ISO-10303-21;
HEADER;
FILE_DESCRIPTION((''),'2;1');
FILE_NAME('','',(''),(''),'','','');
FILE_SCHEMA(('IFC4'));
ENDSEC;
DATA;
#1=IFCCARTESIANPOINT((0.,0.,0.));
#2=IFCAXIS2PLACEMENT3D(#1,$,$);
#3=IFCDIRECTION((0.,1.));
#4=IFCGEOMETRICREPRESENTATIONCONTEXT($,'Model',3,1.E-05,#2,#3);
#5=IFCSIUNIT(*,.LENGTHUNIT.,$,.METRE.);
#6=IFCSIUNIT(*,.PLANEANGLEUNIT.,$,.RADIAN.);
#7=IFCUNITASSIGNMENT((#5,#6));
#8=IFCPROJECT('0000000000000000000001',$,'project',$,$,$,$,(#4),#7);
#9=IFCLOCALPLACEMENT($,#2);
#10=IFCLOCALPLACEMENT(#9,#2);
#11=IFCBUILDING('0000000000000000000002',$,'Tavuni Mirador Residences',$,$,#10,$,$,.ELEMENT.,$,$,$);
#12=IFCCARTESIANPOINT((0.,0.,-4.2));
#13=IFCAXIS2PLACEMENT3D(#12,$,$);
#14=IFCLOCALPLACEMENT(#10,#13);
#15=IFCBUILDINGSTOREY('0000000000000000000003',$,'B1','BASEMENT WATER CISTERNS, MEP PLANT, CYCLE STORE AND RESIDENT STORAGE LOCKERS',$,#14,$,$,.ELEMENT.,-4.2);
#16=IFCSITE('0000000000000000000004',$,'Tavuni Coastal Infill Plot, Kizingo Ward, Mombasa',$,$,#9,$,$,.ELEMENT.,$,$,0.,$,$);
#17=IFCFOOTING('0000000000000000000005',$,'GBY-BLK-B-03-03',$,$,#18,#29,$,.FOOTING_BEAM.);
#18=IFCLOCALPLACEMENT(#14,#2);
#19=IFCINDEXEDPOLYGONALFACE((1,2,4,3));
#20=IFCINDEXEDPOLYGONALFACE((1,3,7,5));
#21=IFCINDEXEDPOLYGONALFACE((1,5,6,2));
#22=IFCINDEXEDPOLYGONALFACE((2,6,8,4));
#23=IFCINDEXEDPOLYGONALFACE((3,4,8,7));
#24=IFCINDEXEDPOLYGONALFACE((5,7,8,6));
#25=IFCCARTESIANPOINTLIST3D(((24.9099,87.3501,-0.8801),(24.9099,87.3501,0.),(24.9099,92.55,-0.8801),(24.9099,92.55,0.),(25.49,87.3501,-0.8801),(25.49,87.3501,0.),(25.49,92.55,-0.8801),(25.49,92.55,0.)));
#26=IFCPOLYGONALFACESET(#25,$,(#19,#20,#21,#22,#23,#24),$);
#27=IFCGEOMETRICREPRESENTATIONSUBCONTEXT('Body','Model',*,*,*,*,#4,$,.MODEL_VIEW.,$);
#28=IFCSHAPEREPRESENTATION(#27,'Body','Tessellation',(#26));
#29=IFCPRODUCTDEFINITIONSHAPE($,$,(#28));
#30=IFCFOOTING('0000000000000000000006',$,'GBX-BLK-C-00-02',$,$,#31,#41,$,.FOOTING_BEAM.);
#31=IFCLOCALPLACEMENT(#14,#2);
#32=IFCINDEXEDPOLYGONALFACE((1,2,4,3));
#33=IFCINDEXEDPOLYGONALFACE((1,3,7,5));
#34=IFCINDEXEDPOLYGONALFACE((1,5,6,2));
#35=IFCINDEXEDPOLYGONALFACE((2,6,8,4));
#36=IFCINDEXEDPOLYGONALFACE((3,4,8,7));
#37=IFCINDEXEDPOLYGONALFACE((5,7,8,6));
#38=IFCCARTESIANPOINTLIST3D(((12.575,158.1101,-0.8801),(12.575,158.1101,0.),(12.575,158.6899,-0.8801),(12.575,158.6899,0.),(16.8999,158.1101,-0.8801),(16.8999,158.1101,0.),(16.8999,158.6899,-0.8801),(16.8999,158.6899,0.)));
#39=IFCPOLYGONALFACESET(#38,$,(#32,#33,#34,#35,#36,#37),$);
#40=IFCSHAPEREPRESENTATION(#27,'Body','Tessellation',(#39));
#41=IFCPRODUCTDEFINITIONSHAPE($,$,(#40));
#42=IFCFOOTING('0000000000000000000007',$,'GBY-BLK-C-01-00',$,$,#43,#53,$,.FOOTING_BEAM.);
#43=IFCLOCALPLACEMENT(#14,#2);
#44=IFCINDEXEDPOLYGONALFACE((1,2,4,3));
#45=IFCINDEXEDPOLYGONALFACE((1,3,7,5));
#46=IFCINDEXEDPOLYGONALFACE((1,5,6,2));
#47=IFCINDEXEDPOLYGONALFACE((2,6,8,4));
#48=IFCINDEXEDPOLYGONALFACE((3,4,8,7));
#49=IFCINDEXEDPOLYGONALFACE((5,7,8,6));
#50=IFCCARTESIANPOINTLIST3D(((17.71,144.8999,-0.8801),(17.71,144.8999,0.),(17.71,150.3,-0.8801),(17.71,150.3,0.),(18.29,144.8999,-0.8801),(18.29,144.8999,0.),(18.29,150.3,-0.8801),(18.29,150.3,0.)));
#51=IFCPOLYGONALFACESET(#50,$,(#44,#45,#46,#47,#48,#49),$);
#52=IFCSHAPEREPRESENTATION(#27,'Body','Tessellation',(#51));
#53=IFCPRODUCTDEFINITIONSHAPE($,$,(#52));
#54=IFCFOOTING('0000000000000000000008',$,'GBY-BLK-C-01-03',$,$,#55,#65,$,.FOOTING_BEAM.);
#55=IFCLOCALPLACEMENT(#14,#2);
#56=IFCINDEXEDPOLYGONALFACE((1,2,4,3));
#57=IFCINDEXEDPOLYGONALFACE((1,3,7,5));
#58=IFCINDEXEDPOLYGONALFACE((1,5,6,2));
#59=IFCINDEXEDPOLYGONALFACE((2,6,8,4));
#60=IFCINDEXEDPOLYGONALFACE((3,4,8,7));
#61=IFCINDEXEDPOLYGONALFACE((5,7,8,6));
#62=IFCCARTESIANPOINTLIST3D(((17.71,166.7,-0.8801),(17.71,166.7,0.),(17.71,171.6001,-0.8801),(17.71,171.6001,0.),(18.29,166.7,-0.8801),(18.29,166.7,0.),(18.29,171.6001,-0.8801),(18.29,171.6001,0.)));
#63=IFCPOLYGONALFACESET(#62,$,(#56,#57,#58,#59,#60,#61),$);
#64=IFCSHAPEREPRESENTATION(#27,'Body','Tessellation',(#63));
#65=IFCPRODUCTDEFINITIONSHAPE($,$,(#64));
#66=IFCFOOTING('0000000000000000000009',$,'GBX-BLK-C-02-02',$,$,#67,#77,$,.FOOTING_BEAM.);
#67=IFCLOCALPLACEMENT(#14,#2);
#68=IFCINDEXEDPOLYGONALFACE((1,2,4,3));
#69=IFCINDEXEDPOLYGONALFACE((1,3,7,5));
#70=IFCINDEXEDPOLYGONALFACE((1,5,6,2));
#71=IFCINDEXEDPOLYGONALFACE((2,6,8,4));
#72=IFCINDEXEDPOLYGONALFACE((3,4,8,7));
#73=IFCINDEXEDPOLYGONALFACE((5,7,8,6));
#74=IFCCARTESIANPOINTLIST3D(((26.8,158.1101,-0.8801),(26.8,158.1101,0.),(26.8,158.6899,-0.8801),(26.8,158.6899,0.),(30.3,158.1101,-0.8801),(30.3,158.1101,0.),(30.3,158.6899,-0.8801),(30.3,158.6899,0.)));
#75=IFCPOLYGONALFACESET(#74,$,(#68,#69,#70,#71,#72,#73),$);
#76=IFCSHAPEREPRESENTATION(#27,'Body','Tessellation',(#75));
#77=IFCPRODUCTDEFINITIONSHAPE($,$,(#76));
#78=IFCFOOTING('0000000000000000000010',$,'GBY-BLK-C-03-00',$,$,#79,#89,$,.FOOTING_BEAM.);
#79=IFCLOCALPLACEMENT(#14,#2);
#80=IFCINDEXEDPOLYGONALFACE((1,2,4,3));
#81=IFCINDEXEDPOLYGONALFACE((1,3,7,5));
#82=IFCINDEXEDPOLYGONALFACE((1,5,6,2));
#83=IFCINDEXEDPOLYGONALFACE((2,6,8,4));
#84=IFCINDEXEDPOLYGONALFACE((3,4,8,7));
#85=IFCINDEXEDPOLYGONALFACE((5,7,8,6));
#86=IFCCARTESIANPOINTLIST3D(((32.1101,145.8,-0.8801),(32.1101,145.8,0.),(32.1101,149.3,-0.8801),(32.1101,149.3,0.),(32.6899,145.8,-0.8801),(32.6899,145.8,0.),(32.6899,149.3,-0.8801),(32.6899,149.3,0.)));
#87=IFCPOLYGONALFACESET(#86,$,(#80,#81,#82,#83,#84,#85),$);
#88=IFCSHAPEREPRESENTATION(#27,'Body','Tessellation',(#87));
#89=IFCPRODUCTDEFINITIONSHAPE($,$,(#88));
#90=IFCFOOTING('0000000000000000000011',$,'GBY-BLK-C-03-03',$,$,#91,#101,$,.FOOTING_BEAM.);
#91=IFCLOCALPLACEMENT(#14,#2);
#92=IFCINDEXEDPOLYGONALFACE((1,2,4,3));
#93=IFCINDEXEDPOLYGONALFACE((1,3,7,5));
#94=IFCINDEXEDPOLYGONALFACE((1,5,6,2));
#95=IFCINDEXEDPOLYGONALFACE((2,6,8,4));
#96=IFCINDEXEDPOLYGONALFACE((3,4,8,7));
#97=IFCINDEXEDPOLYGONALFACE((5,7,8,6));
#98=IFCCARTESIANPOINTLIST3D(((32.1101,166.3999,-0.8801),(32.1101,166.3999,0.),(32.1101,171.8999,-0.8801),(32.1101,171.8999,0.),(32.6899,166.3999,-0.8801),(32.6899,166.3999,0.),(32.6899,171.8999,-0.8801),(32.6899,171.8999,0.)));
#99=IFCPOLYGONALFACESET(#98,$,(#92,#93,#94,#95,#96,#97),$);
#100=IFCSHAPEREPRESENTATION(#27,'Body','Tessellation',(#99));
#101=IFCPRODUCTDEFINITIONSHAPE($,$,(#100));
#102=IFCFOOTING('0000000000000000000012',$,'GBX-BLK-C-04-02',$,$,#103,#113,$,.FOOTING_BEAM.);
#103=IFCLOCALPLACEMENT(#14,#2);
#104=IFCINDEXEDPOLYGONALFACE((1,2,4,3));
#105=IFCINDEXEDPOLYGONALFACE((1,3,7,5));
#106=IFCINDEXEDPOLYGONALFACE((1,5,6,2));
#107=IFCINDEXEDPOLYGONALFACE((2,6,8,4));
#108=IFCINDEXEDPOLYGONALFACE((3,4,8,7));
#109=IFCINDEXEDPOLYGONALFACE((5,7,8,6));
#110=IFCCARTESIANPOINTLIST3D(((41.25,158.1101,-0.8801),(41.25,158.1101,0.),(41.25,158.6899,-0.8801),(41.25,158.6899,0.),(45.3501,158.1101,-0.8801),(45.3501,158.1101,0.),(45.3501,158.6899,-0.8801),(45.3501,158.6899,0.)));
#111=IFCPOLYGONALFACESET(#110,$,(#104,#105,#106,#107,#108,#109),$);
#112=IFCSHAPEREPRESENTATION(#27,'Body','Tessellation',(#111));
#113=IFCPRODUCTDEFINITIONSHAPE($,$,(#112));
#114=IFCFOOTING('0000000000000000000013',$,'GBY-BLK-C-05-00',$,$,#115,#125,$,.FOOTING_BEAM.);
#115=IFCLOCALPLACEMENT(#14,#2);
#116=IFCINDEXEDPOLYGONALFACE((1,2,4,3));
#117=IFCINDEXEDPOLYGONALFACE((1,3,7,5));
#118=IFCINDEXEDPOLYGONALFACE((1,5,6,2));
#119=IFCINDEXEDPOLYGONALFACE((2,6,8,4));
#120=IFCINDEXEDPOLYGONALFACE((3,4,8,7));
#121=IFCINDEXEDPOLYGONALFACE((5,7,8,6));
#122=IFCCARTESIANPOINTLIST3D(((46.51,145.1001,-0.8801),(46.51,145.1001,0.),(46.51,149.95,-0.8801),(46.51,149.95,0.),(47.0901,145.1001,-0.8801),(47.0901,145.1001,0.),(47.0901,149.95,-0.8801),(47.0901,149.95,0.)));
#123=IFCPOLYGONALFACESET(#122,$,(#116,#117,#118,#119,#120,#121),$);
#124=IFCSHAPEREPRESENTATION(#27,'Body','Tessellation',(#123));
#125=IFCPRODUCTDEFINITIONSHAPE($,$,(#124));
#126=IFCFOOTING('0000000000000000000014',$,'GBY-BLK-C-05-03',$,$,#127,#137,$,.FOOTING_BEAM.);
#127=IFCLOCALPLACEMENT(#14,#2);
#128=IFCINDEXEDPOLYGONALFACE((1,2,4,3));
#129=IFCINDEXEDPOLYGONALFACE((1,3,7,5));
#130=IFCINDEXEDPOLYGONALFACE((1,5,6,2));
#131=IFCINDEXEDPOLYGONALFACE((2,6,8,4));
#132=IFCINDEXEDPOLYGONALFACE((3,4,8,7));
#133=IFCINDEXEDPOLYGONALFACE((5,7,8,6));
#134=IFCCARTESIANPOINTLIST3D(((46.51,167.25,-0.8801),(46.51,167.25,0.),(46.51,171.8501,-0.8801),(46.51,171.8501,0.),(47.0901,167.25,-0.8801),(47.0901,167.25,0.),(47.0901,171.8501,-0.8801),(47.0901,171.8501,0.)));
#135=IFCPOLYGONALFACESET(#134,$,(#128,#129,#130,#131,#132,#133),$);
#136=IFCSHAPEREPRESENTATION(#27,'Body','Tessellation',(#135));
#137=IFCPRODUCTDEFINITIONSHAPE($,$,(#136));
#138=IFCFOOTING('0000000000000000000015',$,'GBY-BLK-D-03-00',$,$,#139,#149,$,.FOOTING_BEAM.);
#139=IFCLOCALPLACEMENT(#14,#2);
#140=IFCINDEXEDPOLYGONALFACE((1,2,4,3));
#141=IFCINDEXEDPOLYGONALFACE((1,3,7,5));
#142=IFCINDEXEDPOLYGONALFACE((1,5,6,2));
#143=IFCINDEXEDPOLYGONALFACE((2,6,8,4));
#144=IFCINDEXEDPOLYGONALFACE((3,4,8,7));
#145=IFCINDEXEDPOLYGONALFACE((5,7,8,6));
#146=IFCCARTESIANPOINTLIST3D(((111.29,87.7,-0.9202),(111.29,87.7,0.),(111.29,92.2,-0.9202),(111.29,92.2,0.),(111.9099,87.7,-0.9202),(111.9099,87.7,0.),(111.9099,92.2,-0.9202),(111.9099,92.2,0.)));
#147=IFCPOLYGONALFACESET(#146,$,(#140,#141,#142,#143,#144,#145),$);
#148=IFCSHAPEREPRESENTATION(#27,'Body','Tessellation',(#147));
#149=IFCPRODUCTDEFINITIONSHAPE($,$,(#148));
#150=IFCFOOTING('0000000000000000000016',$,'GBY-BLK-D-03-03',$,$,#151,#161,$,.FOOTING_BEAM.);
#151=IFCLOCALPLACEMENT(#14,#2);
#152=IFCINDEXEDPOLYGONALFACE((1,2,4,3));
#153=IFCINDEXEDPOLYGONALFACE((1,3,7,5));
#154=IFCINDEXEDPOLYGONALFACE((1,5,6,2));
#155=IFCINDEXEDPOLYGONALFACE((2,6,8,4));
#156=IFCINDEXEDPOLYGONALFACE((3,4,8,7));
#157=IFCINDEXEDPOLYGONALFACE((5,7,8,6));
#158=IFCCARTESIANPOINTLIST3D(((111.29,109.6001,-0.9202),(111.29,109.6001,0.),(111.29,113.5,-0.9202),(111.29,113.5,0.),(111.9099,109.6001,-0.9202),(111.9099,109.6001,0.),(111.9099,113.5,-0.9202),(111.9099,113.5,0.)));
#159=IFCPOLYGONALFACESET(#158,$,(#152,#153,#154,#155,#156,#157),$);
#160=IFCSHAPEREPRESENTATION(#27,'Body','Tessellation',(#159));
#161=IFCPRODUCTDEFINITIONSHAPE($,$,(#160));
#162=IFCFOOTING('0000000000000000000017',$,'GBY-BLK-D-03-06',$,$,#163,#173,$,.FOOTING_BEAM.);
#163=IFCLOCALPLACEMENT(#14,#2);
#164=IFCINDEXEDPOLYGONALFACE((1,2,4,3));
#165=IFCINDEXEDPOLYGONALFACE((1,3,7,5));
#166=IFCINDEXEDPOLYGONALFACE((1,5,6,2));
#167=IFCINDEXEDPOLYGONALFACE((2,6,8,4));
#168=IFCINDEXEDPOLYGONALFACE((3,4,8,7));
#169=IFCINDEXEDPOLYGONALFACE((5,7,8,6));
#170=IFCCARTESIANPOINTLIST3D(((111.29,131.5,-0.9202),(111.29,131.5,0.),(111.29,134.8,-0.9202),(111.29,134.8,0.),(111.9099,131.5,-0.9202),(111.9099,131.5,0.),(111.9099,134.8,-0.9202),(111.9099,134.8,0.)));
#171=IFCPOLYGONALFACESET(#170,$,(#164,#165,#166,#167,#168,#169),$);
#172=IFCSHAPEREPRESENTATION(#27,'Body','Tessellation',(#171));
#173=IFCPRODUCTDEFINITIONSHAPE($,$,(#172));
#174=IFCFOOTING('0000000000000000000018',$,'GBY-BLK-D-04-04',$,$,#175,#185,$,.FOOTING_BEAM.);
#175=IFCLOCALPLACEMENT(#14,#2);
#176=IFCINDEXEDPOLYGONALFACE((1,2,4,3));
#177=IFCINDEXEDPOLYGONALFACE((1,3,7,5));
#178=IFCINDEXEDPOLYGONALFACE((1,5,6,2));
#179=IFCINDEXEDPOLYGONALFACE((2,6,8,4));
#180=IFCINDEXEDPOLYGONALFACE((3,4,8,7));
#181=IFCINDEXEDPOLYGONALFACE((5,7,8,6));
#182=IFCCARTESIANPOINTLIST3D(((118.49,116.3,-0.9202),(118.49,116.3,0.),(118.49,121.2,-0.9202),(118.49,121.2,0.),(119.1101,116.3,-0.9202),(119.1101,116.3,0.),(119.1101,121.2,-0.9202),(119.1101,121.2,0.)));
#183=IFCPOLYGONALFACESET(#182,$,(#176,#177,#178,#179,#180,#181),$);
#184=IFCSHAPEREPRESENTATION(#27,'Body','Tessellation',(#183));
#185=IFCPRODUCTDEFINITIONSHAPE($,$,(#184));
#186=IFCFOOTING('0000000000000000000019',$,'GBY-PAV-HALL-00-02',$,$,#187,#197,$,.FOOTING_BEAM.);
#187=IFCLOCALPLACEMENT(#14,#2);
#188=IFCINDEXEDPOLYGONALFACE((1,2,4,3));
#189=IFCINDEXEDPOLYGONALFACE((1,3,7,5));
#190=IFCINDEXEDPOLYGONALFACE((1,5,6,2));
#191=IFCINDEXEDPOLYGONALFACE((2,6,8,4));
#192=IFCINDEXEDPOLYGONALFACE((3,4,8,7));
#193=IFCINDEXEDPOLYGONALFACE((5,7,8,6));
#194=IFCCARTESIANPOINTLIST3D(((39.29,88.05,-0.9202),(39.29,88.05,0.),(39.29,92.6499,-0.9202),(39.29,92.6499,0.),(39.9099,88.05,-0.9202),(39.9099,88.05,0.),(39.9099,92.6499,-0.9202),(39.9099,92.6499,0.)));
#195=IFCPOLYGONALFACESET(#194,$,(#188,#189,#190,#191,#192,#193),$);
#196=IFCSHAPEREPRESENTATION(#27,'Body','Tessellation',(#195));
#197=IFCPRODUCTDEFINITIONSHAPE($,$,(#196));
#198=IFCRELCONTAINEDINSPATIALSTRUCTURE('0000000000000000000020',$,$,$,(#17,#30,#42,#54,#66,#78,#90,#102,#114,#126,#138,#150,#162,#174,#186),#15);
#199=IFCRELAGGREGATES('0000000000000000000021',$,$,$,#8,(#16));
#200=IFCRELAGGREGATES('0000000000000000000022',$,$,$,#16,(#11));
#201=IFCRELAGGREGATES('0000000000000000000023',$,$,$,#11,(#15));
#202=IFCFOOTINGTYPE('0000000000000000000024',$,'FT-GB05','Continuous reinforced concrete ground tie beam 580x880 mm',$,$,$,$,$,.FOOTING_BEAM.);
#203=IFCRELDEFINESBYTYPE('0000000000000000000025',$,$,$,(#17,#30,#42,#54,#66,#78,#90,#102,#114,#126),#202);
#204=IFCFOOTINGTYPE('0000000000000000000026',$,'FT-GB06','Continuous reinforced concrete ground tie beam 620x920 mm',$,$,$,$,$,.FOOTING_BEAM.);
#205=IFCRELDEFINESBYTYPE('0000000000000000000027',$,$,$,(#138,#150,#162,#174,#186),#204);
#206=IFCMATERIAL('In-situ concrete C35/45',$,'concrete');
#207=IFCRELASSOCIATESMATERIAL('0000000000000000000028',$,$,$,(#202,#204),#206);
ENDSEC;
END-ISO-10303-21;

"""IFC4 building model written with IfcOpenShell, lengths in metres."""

from ifc_helpers import new_model, si_unit, direction, frame, origin, place, context, subcontext, project, spatial, polyline, outline, extrude, material, type_object, element, save


model = new_model("IFC4")

# Units and contexts
model_context = context("Model", 3, precision=1e-05, world=origin(), true_north=direction((0.0, 1.0)))
body_context = subcontext(model_context, "Body", "Model", "MODEL_VIEW")
ifc_project = project(units=[si_unit("LENGTHUNIT", "METRE"), si_unit("PLANEANGLEUNIT", "RADIAN")], contexts=[model_context])

# Site, building, storey
site_placement = place(None, origin())
site = spatial("IfcSite", under=ifc_project, at=site_placement, Name="Tavuni Coastal Infill Plot, Kizingo Ward, Mombasa", CompositionType="ELEMENT", RefElevation=0.0)
building_placement = place(site_placement, origin())
building = spatial("IfcBuilding", under=site, at=building_placement, Name="Tavuni Mirador Residences", CompositionType="ELEMENT")
storey_placement = place(building_placement, frame((0.0, 0.0, -4.2)))
storey = spatial("IfcBuildingStorey", under=building, at=storey_placement, Name="B1", Description="BASEMENT WATER CISTERNS, MEP PLANT, CYCLE STORE AND RESIDENT STORAGE LOCKERS", CompositionType="ELEMENT", Elevation=-4.2)

# Footings
ifc_material = material(Name="In-situ concrete C35/45", Category="concrete")
footing_type_1 = type_object("IfcFootingType", Name="FT-GB05", Description="Continuous reinforced concrete ground tie beam 580x880 mm", PredefinedType="FOOTING_BEAM", material=ifc_material)
footing_1_placement = place(storey_placement, frame((0.0, 0.0, -0.8801)))
element("IfcFooting", 1, at=footing_1_placement, inside=storey, type_object=footing_type_1, Name="GBY-BLK-B-03-03", PredefinedType="FOOTING_BEAM", context=body_context, shape_type="SweptSolid", body=[
    extrude(outline(polyline([(24.9099, 87.3501), (25.49, 87.3501), (25.49, 92.55), (24.9099, 92.55), (24.9099, 87.3501)])), origin(), (0.0, 0.0, 1.0), 0.8801),
])
footing_2_placement = place(storey_placement, frame((0.0, 0.0, -0.8801)))
element("IfcFooting", 2, at=footing_2_placement, inside=storey, type_object=footing_type_1, Name="GBX-BLK-C-00-02", PredefinedType="FOOTING_BEAM", context=body_context, shape_type="SweptSolid", body=[
    extrude(outline(polyline([(12.575, 158.1101), (16.8999, 158.1101), (16.8999, 158.6899), (12.575, 158.6899), (12.575, 158.1101)])), origin(), (0.0, 0.0, 1.0), 0.8801),
])
footing_3_placement = place(storey_placement, frame((0.0, 0.0, -0.8801)))
element("IfcFooting", 3, at=footing_3_placement, inside=storey, type_object=footing_type_1, Name="GBY-BLK-C-01-00", PredefinedType="FOOTING_BEAM", context=body_context, shape_type="SweptSolid", body=[
    extrude(outline(polyline([(17.71, 144.8999), (18.29, 144.8999), (18.29, 150.3), (17.71, 150.3), (17.71, 144.8999)])), origin(), (0.0, 0.0, 1.0), 0.8801),
])
footing_4_placement = place(storey_placement, frame((0.0, 0.0, -0.8801)))
element("IfcFooting", 4, at=footing_4_placement, inside=storey, type_object=footing_type_1, Name="GBY-BLK-C-01-03", PredefinedType="FOOTING_BEAM", context=body_context, shape_type="SweptSolid", body=[
    extrude(outline(polyline([(17.71, 166.7), (18.29, 166.7), (18.29, 171.6001), (17.71, 171.6001), (17.71, 166.7)])), origin(), (0.0, 0.0, 1.0), 0.8801),
])
footing_5_placement = place(storey_placement, frame((0.0, 0.0, -0.8801)))
element("IfcFooting", 5, at=footing_5_placement, inside=storey, type_object=footing_type_1, Name="GBX-BLK-C-02-02", PredefinedType="FOOTING_BEAM", context=body_context, shape_type="SweptSolid", body=[
    extrude(outline(polyline([(26.8, 158.1101), (30.3, 158.1101), (30.3, 158.6899), (26.8, 158.6899), (26.8, 158.1101)])), origin(), (0.0, 0.0, 1.0), 0.8801),
])
footing_6_placement = place(storey_placement, frame((0.0, 0.0, -0.8801)))
element("IfcFooting", 6, at=footing_6_placement, inside=storey, type_object=footing_type_1, Name="GBY-BLK-C-03-00", PredefinedType="FOOTING_BEAM", context=body_context, shape_type="SweptSolid", body=[
    extrude(outline(polyline([(32.1101, 145.8), (32.6899, 145.8), (32.6899, 149.3), (32.1101, 149.3), (32.1101, 145.8)])), origin(), (0.0, 0.0, 1.0), 0.8801),
])
footing_7_placement = place(storey_placement, frame((0.0, 0.0, -0.8801)))
element("IfcFooting", 7, at=footing_7_placement, inside=storey, type_object=footing_type_1, Name="GBY-BLK-C-03-03", PredefinedType="FOOTING_BEAM", context=body_context, shape_type="SweptSolid", body=[
    extrude(outline(polyline([(32.1101, 166.3999), (32.6899, 166.3999), (32.6899, 171.8999), (32.1101, 171.8999), (32.1101, 166.3999)])), origin(), (0.0, 0.0, 1.0), 0.8801),
])
footing_8_placement = place(storey_placement, frame((0.0, 0.0, -0.8801)))
element("IfcFooting", 8, at=footing_8_placement, inside=storey, type_object=footing_type_1, Name="GBX-BLK-C-04-02", PredefinedType="FOOTING_BEAM", context=body_context, shape_type="SweptSolid", body=[
    extrude(outline(polyline([(41.25, 158.1101), (45.3501, 158.1101), (45.3501, 158.6899), (41.25, 158.6899), (41.25, 158.1101)])), origin(), (0.0, 0.0, 1.0), 0.8801),
])
footing_9_placement = place(storey_placement, frame((0.0, 0.0, -0.8801)))
element("IfcFooting", 9, at=footing_9_placement, inside=storey, type_object=footing_type_1, Name="GBY-BLK-C-05-00", PredefinedType="FOOTING_BEAM", context=body_context, shape_type="SweptSolid", body=[
    extrude(outline(polyline([(46.51, 145.1001), (47.0901, 145.1001), (47.0901, 149.95), (46.51, 149.95), (46.51, 145.1001)])), origin(), (0.0, 0.0, 1.0), 0.8801),
])
footing_10_placement = place(storey_placement, frame((0.0, 0.0, -0.8801)))
element("IfcFooting", 10, at=footing_10_placement, inside=storey, type_object=footing_type_1, Name="GBY-BLK-C-05-03", PredefinedType="FOOTING_BEAM", context=body_context, shape_type="SweptSolid", body=[
    extrude(outline(polyline([(46.51, 167.25), (47.0901, 167.25), (47.0901, 171.8501), (46.51, 171.8501), (46.51, 167.25)])), origin(), (0.0, 0.0, 1.0), 0.8801),
])
footing_type_2 = type_object("IfcFootingType", Name="FT-GB06", Description="Continuous reinforced concrete ground tie beam 620x920 mm", PredefinedType="FOOTING_BEAM", material=ifc_material)
footing_11_placement = place(storey_placement, frame((0.0, 0.0, -0.9202)))
element("IfcFooting", 11, at=footing_11_placement, inside=storey, type_object=footing_type_2, Name="GBY-BLK-D-03-00", PredefinedType="FOOTING_BEAM", context=body_context, shape_type="SweptSolid", body=[
    extrude(outline(polyline([(111.29, 87.7), (111.9099, 87.7), (111.9099, 92.2), (111.29, 92.2), (111.29, 87.7)])), origin(), (0.0, 0.0, 1.0), 0.9202),
])
footing_12_placement = place(storey_placement, frame((0.0, 0.0, -0.9202)))
element("IfcFooting", 12, at=footing_12_placement, inside=storey, type_object=footing_type_2, Name="GBY-BLK-D-03-03", PredefinedType="FOOTING_BEAM", context=body_context, shape_type="SweptSolid", body=[
    extrude(outline(polyline([(111.29, 109.6001), (111.9099, 109.6001), (111.9099, 113.5), (111.29, 113.5), (111.29, 109.6001)])), origin(), (0.0, 0.0, 1.0), 0.9202),
])
footing_13_placement = place(storey_placement, frame((0.0, 0.0, -0.9202)))
element("IfcFooting", 13, at=footing_13_placement, inside=storey, type_object=footing_type_2, Name="GBY-BLK-D-03-06", PredefinedType="FOOTING_BEAM", context=body_context, shape_type="SweptSolid", body=[
    extrude(outline(polyline([(111.29, 131.5), (111.9099, 131.5), (111.9099, 134.8), (111.29, 134.8), (111.29, 131.5)])), origin(), (0.0, 0.0, 1.0), 0.9202),
])
footing_14_placement = place(storey_placement, frame((0.0, 0.0, -0.9202)))
element("IfcFooting", 14, at=footing_14_placement, inside=storey, type_object=footing_type_2, Name="GBY-BLK-D-04-04", PredefinedType="FOOTING_BEAM", context=body_context, shape_type="SweptSolid", body=[
    extrude(outline(polyline([(118.49, 116.3), (119.1101, 116.3), (119.1101, 121.2), (118.49, 121.2), (118.49, 116.3)])), origin(), (0.0, 0.0, 1.0), 0.9202),
])
footing_15_placement = place(storey_placement, frame((0.0, 0.0, -0.9202)))
element("IfcFooting", 15, at=footing_15_placement, inside=storey, type_object=footing_type_2, Name="GBY-PAV-HALL-00-02", PredefinedType="FOOTING_BEAM", context=body_context, shape_type="SweptSolid", body=[
    extrude(outline(polyline([(39.29, 88.05), (39.9099, 88.05), (39.9099, 92.6499), (39.29, 92.6499), (39.29, 88.05)])), origin(), (0.0, 0.0, 1.0), 0.9202),
])

save(model, "model.ifc")
